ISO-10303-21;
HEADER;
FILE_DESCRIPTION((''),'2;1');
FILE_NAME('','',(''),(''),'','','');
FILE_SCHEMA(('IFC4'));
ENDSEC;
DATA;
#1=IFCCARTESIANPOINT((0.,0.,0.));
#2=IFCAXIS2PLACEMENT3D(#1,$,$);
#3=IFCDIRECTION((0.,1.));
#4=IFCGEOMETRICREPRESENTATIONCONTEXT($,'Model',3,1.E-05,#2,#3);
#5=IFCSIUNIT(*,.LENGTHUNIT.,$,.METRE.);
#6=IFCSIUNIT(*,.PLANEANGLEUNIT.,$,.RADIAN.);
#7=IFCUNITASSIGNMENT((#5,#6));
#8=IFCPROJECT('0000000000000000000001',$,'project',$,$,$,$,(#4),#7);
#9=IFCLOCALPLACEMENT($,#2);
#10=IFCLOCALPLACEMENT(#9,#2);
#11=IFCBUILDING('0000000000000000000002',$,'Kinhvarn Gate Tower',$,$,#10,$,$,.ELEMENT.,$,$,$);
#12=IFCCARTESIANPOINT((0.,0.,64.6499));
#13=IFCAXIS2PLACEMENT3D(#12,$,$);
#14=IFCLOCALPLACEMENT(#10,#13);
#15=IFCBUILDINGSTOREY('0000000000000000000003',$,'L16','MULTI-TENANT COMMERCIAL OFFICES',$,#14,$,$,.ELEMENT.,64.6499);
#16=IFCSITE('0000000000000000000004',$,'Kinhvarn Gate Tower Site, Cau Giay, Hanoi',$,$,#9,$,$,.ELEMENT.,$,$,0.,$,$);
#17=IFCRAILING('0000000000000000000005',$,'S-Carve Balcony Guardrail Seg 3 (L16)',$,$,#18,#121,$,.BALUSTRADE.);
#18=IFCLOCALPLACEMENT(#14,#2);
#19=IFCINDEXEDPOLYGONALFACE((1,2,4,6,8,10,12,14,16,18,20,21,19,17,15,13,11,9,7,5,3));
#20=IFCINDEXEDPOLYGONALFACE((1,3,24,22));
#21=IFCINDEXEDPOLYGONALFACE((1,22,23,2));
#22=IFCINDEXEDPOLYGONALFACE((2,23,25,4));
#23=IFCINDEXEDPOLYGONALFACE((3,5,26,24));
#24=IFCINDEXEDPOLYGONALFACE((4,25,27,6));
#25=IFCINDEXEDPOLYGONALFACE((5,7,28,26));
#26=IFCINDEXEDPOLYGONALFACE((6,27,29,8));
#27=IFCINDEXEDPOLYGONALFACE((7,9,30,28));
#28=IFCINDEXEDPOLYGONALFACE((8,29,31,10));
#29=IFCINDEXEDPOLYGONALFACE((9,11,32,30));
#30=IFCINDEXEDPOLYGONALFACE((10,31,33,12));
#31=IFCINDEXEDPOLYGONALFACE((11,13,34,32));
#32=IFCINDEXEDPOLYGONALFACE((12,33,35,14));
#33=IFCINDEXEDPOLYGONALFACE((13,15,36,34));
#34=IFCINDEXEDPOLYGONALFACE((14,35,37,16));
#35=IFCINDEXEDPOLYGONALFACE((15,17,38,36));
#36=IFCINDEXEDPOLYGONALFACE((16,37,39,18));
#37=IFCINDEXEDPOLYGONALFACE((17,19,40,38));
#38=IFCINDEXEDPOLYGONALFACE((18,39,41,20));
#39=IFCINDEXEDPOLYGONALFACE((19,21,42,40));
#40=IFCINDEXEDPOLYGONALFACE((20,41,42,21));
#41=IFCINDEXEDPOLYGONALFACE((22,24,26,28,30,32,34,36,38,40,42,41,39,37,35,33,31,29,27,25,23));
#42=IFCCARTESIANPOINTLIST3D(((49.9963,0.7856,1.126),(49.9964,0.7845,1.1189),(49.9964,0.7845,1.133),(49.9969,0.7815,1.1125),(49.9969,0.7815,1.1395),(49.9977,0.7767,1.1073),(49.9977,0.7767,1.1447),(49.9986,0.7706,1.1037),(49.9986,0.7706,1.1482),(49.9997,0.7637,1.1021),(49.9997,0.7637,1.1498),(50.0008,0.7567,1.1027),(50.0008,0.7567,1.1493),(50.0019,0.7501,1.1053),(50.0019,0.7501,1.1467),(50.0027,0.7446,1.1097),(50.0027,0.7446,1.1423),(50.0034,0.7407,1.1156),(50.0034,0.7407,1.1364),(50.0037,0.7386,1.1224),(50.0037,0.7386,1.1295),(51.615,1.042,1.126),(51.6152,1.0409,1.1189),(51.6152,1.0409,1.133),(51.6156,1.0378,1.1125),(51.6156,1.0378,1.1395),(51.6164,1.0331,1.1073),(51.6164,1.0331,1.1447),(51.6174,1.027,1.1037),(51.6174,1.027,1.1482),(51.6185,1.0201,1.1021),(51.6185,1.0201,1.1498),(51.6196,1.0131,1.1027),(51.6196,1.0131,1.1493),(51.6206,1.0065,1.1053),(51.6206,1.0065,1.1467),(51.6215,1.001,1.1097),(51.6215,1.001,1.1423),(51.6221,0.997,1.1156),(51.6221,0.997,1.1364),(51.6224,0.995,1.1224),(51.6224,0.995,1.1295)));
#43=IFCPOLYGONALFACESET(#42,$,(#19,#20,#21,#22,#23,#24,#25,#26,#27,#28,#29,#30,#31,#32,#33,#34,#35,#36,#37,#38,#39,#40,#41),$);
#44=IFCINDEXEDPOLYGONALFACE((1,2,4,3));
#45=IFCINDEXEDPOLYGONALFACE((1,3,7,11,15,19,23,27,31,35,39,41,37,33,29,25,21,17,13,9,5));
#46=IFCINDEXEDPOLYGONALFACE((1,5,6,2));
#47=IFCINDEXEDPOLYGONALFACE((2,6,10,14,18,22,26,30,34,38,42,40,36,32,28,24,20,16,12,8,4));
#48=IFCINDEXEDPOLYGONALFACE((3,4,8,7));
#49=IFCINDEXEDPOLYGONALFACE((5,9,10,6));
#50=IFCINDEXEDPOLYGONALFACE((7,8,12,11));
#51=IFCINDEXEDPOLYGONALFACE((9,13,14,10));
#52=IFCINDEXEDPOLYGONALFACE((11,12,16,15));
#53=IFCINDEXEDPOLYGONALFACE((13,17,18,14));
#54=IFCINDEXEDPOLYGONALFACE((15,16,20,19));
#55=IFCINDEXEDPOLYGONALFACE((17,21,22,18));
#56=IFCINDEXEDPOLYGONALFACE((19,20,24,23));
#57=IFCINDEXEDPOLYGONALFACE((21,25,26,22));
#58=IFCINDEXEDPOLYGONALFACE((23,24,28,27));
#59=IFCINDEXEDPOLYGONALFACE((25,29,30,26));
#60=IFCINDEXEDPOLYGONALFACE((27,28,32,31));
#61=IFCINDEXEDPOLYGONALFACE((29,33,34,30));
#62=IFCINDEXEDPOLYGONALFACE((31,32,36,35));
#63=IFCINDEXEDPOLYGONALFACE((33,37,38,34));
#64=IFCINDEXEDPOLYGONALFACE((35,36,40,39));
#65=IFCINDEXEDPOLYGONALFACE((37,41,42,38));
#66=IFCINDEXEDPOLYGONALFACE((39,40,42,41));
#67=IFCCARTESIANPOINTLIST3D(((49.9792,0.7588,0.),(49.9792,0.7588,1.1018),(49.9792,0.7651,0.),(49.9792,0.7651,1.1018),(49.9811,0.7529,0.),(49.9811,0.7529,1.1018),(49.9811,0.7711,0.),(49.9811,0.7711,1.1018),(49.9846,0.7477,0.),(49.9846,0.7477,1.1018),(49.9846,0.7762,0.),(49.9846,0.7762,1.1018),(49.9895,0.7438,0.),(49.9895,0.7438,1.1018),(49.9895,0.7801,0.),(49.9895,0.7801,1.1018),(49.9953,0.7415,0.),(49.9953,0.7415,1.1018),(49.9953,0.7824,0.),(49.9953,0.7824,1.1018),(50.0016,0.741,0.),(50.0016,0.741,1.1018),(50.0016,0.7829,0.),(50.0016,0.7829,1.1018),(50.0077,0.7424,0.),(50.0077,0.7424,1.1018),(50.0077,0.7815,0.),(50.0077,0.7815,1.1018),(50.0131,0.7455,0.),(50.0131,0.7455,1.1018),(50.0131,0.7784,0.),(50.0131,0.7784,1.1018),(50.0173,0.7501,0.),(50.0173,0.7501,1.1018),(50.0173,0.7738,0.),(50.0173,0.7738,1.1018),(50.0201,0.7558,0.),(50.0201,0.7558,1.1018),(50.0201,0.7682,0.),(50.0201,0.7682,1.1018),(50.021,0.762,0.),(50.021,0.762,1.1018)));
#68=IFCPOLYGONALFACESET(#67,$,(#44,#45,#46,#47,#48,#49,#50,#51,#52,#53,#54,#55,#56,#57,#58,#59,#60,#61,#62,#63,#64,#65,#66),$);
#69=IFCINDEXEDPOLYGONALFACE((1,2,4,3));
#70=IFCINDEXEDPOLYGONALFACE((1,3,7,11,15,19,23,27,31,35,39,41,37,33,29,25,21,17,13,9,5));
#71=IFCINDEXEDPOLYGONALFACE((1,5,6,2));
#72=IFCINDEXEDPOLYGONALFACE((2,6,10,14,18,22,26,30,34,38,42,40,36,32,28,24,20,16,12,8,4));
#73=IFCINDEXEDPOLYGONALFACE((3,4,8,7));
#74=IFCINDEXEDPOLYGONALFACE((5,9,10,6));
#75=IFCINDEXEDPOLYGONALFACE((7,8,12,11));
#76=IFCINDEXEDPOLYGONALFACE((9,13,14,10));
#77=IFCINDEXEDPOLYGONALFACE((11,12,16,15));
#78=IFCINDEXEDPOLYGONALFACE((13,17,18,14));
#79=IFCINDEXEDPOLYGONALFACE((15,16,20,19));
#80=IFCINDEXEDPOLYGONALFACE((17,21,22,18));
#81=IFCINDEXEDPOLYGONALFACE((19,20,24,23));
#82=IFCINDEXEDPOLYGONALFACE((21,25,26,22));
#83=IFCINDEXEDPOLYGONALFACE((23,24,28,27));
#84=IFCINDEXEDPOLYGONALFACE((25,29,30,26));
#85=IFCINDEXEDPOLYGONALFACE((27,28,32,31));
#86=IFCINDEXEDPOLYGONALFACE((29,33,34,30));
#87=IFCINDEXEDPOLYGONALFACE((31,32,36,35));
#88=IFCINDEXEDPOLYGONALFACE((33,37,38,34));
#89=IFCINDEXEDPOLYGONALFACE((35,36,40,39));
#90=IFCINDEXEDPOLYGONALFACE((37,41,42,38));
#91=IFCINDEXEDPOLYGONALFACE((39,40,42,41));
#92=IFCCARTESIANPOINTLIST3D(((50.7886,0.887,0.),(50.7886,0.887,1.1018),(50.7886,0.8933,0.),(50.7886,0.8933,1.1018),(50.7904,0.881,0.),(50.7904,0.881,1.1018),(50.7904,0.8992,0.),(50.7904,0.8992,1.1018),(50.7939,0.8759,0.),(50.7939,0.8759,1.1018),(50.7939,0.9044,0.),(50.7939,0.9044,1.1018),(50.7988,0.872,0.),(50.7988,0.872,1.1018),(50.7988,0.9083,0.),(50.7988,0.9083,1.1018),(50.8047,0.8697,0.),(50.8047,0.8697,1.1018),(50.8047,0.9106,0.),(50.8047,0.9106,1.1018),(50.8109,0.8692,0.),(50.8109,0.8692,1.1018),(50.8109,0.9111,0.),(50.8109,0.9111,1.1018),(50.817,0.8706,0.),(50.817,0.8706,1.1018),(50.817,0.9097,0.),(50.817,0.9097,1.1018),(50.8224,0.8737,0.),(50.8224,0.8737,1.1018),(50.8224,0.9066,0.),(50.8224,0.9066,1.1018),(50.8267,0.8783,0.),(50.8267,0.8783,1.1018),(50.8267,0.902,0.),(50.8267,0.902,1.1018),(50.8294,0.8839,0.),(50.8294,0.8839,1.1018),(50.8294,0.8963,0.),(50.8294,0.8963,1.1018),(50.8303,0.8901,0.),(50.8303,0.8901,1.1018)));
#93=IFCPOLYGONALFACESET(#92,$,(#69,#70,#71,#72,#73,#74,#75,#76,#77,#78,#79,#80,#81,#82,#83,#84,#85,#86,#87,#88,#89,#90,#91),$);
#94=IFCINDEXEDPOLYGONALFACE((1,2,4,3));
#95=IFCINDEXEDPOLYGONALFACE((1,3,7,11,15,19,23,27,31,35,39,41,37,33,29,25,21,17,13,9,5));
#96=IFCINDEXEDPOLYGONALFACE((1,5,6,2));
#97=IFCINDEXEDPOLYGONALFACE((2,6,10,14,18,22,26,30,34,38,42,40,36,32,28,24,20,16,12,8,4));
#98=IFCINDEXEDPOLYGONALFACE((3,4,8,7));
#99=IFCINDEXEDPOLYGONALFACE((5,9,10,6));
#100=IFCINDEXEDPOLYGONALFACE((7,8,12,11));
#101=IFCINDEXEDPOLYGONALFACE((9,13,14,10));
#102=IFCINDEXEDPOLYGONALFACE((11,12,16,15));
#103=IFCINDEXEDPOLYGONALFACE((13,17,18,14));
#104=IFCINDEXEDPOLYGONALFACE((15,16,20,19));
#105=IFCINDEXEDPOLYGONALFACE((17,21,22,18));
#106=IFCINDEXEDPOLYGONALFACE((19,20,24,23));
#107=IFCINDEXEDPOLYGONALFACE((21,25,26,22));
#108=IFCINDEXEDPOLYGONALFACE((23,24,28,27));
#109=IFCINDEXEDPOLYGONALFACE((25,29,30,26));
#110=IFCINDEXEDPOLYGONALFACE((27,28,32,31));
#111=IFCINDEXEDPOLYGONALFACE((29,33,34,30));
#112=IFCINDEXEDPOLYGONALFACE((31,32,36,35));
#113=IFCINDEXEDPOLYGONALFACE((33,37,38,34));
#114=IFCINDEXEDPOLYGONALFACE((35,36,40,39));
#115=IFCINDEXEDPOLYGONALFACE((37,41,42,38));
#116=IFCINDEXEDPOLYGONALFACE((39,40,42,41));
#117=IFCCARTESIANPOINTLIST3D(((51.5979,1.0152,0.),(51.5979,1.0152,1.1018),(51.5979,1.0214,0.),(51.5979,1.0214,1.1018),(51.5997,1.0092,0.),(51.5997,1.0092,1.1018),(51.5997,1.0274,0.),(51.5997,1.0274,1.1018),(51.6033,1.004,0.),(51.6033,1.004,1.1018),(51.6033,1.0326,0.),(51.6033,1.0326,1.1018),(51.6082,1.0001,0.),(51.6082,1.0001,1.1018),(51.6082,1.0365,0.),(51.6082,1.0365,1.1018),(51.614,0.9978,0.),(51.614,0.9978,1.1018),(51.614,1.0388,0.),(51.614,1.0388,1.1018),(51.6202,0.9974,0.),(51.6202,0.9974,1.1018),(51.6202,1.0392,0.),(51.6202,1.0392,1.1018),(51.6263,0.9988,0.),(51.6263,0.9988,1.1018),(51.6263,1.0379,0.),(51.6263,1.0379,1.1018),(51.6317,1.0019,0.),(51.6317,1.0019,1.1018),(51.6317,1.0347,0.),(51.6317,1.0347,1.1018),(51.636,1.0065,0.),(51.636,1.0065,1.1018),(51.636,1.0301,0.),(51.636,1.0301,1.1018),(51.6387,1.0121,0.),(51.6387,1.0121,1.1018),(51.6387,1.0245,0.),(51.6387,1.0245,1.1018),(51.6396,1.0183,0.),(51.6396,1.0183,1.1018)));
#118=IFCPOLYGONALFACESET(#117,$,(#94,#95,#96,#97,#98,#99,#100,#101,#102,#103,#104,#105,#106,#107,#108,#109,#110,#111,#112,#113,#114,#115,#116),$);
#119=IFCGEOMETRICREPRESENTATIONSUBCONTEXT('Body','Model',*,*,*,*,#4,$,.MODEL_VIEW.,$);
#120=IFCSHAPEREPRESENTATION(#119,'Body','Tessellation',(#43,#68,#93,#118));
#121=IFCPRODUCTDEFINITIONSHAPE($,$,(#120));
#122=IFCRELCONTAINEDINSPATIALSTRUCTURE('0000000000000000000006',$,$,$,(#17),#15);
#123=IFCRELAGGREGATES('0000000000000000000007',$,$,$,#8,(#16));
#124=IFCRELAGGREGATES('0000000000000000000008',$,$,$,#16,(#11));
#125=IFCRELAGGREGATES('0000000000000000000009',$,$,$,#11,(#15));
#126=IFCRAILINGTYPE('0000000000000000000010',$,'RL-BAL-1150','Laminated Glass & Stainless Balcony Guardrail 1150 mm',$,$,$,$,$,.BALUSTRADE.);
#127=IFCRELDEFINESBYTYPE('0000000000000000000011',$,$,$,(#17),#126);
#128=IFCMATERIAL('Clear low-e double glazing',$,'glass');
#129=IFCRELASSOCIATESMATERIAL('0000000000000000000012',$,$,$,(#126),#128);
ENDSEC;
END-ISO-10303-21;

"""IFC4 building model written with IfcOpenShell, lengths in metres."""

from ifc_helpers import new_model, si_unit, direction, frame, origin, origin_2d, place, context, subcontext, project, spatial, circle, extrude, material, type_object, element, save


model = new_model("IFC4")

# Units and contexts
model_context = context("Model", 3, precision=1e-05, world=origin(), true_north=direction((0.0, 1.0)))
body_context = subcontext(model_context, "Body", "Model", "MODEL_VIEW")
ifc_project = project(units=[si_unit("LENGTHUNIT", "METRE"), si_unit("PLANEANGLEUNIT", "RADIAN")], contexts=[model_context])

# Site, building, storey
site_placement = place(None, origin())
site = spatial("IfcSite", under=ifc_project, at=site_placement, Name="Kinhvarn Gate Tower Site, Cau Giay, Hanoi", CompositionType="ELEMENT", RefElevation=0.0)
building_placement = place(site_placement, origin())
building = spatial("IfcBuilding", under=site, at=building_placement, Name="Kinhvarn Gate Tower", CompositionType="ELEMENT")
storey_placement = place(building_placement, frame((0.0, 0.0, 64.6499)))
storey = spatial("IfcBuildingStorey", under=building, at=storey_placement, Name="L16", Description="MULTI-TENANT COMMERCIAL OFFICES", CompositionType="ELEMENT", Elevation=64.6499)

# Shared definitions
ifc_material_1 = material(Name="Clear low-e double glazing", Category="glass")

# Railing
railing_type = type_object("IfcRailingType", Name="RL-BAL-1150", Description="Laminated Glass & Stainless Balcony Guardrail 1150 mm", PredefinedType="BALUSTRADE", material=ifc_material_1)
railing_1_placement = place(storey_placement, frame((50.0, 0.762, 0.0)))
element("IfcRailing", 1, at=railing_1_placement, inside=storey, type_object=railing_type, Name="S-Carve Balcony Guardrail Seg 3 (L16)", PredefinedType="BALUSTRADE", context=body_context, shape_type="SweptSolid", body=[
    extrude(circle(Radius=0.0239, at=origin_2d()), frame((0.0, 0.0, 1.126), z_axis=(0.98769, 0.156422, 0.0), x_axis=(-0.156422, 0.98769, 0.0)), (0.0, 0.0, 1.0), 1.6389),
    extrude(circle(Radius=0.021, at=origin_2d()), origin(), (0.0, 0.0, 1.0), 1.1018),
    extrude(circle(Radius=0.021, at=origin_2d()), frame((0.8093, 0.1282, 0.0)), (0.0, 0.0, 1.0), 1.1018),
    extrude(circle(Radius=0.021, at=origin_2d()), frame((1.6187, 0.2563, 0.0)), (0.0, 0.0, 1.0), 1.1018),
])

save(model, "model.ifc")
